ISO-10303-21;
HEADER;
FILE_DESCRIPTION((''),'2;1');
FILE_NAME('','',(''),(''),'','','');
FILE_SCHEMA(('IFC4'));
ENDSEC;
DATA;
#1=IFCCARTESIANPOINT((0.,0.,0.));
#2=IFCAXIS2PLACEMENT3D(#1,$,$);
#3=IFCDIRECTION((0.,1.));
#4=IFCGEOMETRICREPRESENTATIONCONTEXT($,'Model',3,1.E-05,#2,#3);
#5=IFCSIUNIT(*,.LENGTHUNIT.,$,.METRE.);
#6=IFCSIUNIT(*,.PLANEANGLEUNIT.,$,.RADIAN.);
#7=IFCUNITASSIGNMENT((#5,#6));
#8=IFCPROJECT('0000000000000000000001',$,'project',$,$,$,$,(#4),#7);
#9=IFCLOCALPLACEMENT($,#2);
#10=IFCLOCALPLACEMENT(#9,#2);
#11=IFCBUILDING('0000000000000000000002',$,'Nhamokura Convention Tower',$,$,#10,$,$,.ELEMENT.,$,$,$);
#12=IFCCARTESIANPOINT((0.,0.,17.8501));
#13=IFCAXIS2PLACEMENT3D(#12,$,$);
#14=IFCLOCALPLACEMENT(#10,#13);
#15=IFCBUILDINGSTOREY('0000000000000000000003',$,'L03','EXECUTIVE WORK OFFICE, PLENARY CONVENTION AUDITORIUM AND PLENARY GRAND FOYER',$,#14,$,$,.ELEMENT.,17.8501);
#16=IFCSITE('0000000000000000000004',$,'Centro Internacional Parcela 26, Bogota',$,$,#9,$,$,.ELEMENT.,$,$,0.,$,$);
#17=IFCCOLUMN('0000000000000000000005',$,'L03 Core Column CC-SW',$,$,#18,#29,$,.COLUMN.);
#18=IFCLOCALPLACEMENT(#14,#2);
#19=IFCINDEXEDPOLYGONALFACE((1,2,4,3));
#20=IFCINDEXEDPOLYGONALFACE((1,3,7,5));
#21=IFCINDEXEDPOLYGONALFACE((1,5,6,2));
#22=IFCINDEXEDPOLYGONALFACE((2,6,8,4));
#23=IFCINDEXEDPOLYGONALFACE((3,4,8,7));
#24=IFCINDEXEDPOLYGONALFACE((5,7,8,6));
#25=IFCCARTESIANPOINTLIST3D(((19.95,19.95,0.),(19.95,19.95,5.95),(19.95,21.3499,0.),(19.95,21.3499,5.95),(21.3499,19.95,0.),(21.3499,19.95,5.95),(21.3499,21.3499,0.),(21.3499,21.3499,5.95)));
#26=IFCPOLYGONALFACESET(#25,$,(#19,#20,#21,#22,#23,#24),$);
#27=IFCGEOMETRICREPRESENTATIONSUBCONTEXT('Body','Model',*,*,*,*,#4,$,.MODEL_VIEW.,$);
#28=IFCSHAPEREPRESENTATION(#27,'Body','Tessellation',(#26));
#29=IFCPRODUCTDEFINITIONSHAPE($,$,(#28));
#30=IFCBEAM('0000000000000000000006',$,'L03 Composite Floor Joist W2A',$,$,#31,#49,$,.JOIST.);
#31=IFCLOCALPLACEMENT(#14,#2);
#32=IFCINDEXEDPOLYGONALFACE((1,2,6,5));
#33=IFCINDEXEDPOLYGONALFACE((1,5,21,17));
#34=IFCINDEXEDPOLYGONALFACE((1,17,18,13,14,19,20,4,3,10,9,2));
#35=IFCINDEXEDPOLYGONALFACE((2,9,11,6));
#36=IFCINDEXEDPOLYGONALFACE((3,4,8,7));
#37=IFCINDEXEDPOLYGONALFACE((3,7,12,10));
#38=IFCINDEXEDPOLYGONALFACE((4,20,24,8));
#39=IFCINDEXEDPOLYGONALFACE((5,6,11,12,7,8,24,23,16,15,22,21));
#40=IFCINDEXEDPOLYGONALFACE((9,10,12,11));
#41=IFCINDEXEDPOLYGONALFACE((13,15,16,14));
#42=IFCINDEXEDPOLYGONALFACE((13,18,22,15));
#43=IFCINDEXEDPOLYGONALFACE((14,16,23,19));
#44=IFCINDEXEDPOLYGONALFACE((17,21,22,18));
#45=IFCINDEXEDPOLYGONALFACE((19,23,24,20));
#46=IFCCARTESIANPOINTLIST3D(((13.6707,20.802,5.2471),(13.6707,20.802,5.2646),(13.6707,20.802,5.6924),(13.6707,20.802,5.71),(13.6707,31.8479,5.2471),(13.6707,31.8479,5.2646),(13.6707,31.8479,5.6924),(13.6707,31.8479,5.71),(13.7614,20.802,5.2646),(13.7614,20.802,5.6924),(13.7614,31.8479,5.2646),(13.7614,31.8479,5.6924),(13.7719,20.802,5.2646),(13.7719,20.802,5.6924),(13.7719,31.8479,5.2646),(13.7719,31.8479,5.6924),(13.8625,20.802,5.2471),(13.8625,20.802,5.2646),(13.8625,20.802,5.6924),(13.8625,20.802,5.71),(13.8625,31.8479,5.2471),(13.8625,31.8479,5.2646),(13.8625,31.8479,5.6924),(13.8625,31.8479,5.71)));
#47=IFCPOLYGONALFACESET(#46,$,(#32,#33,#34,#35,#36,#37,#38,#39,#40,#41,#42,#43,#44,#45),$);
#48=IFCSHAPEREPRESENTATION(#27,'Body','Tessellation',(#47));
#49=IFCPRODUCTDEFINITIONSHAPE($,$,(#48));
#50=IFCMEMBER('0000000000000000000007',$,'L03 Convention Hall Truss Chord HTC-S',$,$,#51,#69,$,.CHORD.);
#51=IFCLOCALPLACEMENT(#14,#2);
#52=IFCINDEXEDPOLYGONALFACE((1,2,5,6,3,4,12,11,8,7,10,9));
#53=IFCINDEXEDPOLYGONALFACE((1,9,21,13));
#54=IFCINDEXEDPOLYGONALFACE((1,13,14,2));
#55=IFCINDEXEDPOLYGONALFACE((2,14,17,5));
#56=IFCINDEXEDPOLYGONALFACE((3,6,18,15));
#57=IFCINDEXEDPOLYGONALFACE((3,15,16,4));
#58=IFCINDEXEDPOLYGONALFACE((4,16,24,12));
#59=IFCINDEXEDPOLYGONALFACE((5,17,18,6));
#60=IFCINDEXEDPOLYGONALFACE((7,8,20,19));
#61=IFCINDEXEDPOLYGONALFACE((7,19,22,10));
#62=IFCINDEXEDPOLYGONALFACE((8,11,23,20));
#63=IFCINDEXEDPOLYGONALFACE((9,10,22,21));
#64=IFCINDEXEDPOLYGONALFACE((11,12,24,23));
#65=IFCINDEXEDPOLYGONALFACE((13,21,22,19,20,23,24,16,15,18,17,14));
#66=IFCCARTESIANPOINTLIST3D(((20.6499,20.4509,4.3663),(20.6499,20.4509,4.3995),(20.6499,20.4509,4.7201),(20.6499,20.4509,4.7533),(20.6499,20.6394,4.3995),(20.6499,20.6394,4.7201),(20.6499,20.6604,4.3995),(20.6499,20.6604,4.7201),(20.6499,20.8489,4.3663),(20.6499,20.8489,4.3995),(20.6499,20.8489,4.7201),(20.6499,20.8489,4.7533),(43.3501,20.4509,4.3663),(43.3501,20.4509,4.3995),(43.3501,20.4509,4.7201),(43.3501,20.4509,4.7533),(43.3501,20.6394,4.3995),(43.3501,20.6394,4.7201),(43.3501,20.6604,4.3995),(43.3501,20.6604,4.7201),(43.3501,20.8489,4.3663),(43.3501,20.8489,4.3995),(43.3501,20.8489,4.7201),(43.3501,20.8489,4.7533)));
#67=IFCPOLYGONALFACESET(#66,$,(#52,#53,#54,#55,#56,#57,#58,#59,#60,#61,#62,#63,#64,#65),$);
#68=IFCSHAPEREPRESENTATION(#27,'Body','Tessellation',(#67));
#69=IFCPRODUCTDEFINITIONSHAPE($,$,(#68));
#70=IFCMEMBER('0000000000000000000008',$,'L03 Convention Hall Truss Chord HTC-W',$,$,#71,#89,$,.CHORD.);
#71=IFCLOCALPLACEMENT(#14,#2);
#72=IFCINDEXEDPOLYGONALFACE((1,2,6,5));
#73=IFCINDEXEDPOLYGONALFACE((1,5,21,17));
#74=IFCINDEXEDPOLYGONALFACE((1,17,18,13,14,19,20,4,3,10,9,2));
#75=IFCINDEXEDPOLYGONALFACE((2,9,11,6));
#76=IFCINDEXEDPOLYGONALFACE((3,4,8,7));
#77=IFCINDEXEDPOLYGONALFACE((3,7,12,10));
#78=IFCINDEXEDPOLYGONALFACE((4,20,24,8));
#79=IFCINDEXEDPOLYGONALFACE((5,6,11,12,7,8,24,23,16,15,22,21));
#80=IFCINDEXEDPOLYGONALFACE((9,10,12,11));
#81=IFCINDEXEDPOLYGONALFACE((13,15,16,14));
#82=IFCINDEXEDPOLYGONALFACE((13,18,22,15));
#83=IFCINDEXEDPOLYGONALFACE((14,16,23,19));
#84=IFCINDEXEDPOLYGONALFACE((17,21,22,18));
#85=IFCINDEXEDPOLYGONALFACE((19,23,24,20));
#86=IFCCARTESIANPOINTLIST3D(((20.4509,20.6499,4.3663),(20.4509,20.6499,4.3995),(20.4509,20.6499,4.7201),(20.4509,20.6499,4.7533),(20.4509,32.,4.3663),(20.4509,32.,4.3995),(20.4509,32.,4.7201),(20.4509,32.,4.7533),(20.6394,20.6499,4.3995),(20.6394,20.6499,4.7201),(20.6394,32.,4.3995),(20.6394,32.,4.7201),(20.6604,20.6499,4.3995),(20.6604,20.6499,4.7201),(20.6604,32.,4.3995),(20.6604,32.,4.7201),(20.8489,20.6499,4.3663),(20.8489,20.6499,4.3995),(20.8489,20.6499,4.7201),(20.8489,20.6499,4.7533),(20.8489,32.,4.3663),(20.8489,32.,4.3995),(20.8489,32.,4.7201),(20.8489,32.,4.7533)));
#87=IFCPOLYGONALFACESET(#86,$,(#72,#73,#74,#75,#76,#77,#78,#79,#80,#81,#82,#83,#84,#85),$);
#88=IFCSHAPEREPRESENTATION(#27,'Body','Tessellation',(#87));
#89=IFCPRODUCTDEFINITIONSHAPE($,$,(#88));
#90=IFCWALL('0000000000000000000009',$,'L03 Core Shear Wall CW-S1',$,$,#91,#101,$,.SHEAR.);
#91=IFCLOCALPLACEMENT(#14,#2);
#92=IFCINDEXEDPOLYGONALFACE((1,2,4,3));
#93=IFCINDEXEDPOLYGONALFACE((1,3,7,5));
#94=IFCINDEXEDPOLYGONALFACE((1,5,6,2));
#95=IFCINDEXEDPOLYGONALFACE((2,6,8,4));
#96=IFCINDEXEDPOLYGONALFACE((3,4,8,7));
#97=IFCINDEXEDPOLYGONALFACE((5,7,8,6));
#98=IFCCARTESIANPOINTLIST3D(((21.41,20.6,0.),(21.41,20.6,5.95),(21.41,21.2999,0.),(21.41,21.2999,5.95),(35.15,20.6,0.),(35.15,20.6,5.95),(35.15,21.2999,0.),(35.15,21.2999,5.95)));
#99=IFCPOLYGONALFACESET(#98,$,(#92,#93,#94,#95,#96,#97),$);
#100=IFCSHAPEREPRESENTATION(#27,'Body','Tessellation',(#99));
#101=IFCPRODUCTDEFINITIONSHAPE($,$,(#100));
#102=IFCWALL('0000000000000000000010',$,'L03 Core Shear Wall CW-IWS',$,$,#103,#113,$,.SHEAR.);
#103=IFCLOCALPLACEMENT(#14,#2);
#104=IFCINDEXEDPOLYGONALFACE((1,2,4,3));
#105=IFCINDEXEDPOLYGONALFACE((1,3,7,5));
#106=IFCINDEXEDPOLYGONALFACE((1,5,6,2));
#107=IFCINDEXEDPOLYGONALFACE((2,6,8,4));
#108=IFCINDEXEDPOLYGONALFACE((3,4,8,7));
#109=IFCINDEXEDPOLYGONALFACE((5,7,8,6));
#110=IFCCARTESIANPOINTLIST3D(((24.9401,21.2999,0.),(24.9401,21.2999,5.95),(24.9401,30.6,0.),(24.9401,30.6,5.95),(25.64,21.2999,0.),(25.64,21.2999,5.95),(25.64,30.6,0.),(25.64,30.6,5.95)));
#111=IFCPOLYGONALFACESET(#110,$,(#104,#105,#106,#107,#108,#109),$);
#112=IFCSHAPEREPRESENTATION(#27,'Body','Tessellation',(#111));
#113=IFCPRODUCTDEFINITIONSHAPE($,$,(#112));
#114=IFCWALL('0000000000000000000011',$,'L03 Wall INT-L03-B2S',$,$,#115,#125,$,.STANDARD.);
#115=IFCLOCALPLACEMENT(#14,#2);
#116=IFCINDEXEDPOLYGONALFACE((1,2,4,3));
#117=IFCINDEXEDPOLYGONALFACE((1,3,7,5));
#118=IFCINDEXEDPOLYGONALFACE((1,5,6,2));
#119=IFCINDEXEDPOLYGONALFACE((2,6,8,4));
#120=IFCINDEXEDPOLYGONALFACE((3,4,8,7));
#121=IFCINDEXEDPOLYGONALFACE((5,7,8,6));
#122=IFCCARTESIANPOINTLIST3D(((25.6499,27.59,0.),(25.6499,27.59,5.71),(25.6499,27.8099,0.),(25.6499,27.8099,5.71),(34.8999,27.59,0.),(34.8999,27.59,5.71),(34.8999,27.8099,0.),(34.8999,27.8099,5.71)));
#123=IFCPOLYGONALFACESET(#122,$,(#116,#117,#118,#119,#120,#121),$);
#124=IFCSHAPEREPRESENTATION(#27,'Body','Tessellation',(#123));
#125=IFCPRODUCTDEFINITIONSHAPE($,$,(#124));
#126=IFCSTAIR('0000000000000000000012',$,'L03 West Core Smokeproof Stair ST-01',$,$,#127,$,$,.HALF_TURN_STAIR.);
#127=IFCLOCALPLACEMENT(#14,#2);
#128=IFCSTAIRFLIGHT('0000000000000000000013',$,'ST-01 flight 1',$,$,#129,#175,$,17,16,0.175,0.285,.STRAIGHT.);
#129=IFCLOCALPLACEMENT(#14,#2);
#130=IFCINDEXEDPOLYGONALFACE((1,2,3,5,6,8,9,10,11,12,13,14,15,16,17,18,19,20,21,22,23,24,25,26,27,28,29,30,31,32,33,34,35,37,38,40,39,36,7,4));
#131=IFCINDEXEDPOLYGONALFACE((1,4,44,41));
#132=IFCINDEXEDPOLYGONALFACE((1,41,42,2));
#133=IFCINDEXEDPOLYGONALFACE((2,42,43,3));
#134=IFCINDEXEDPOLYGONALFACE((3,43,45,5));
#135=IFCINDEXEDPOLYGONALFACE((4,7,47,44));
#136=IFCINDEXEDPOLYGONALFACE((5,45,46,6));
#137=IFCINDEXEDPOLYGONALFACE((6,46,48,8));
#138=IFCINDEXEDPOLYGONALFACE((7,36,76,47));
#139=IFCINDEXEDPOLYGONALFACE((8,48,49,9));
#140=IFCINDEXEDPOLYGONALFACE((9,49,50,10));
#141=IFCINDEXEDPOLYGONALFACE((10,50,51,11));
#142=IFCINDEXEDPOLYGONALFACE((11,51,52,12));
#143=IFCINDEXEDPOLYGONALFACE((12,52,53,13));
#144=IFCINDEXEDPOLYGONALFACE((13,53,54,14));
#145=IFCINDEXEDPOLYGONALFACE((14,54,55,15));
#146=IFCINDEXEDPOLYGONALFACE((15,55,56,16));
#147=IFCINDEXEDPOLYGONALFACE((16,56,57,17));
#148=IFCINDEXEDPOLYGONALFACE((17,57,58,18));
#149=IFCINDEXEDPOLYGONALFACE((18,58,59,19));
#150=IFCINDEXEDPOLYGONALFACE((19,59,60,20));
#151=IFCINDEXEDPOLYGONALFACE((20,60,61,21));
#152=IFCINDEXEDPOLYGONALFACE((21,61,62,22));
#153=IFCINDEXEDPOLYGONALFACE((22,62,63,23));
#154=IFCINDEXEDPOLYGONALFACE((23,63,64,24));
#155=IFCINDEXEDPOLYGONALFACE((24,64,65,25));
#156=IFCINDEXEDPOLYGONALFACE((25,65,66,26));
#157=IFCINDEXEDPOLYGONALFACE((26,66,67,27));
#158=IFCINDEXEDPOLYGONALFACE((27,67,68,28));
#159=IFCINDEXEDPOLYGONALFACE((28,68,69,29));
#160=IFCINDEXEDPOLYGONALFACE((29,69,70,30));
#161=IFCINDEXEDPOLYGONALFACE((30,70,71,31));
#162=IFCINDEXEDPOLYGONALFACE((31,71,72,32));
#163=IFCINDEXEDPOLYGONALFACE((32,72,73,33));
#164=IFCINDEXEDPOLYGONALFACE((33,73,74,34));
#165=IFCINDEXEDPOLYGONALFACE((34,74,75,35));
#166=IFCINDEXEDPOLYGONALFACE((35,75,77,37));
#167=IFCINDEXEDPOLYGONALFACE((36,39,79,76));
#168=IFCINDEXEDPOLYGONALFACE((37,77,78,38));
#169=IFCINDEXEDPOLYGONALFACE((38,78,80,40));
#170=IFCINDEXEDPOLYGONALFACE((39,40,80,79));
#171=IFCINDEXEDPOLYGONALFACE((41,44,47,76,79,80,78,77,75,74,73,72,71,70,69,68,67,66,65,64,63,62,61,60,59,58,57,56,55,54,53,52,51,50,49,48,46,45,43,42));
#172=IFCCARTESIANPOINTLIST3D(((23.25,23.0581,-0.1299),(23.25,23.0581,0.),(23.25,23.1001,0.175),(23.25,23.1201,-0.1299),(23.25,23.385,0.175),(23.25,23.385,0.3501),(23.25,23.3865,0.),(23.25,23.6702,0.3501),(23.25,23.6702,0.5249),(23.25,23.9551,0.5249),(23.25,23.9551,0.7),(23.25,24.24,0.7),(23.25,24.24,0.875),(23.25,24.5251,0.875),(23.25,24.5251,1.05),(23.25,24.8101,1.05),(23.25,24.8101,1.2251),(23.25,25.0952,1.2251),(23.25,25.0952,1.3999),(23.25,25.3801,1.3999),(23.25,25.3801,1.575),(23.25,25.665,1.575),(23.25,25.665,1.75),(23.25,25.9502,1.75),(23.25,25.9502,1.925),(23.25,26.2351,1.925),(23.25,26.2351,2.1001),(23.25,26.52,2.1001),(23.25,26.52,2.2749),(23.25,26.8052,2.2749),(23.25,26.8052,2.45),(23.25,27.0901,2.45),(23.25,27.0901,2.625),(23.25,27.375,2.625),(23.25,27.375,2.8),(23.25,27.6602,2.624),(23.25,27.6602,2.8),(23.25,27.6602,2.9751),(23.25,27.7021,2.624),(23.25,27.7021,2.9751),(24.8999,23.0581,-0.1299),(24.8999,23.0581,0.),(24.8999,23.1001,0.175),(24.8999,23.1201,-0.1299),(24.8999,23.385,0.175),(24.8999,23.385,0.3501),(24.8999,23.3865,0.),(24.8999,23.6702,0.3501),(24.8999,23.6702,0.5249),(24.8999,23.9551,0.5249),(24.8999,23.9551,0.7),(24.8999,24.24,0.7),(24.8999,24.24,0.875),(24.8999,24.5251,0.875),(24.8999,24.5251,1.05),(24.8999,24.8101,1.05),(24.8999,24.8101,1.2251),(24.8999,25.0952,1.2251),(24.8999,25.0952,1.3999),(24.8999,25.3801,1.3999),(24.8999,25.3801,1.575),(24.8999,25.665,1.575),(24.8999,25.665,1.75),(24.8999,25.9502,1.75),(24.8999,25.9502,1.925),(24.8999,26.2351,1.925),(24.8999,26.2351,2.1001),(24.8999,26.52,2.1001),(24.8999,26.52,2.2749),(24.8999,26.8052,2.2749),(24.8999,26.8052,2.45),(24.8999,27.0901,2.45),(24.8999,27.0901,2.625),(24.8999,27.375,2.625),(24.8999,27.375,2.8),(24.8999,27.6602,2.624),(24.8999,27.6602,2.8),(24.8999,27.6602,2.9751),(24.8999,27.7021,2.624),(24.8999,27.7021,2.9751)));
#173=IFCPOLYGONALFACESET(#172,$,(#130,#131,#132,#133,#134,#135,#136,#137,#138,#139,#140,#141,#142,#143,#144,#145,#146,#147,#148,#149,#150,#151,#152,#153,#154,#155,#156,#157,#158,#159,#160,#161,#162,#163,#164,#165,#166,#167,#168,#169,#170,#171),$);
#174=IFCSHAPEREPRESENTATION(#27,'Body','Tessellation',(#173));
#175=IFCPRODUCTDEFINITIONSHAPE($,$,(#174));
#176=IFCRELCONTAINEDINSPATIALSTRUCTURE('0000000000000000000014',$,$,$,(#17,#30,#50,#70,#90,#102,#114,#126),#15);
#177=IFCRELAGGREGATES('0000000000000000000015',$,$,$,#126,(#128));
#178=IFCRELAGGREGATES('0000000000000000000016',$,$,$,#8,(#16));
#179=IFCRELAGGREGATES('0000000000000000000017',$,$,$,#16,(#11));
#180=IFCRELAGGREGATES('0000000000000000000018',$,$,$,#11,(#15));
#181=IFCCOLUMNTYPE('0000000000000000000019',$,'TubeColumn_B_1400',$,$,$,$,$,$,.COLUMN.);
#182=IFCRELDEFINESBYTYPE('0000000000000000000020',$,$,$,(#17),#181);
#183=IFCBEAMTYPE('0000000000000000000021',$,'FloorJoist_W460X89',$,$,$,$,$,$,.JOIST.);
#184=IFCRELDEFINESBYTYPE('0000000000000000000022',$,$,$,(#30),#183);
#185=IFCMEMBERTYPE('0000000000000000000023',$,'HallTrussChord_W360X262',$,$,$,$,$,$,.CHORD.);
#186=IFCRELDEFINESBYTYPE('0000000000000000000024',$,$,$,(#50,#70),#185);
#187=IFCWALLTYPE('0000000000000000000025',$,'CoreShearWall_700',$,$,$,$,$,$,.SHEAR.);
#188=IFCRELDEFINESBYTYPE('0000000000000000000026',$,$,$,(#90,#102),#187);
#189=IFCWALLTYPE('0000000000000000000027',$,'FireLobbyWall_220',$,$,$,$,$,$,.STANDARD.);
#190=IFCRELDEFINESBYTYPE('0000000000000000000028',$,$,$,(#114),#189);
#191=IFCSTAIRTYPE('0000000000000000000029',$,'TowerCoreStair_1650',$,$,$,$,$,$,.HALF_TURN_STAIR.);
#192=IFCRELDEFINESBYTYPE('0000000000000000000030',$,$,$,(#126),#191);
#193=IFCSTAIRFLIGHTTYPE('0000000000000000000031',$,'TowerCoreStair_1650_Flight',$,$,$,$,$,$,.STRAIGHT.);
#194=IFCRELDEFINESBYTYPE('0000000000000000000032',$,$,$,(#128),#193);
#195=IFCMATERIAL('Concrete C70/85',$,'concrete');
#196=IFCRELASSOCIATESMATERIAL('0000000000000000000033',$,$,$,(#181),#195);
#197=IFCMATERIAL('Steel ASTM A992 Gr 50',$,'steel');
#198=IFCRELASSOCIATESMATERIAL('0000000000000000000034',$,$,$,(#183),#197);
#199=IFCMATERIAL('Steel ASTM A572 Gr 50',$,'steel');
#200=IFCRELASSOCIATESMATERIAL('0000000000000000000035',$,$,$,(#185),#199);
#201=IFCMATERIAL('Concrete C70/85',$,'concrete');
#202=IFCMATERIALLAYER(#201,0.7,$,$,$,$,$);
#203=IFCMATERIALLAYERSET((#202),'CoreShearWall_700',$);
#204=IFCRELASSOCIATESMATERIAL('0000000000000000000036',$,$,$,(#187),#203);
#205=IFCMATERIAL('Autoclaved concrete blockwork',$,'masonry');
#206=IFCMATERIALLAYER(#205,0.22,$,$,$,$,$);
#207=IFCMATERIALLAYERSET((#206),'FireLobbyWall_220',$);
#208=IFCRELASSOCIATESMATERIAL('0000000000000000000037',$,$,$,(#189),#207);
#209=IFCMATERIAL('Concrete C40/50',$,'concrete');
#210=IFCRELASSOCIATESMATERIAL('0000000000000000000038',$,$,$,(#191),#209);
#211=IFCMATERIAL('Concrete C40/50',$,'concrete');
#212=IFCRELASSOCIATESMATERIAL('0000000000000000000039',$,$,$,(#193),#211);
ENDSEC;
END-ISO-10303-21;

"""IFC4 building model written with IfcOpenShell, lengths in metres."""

from ifc_helpers import new_model, si_unit, direction, frame, frame_2d, origin, origin_2d, place, context, subcontext, project, spatial, polyline, rectangle, i_section, outline, extrude, material, layer, layer_set, material_profile, profile_set, type_object, element, aggregate, save


model = new_model("IFC4")

# Units and contexts
model_context = context("Model", 3, precision=1e-05, world=origin(), true_north=direction((0.0, 1.0)))
body_context = subcontext(model_context, "Body", "Model", "MODEL_VIEW")
ifc_project = project(units=[si_unit("LENGTHUNIT", "METRE"), si_unit("PLANEANGLEUNIT", "RADIAN")], contexts=[model_context])

# Site, building, storey
site_placement = place(None, origin())
site = spatial("IfcSite", under=ifc_project, at=site_placement, Name="Centro Internacional Parcela 26, Bogota", CompositionType="ELEMENT", RefElevation=0.0)
building_placement = place(site_placement, origin())
building = spatial("IfcBuilding", under=site, at=building_placement, Name="Nhamokura Convention Tower", CompositionType="ELEMENT")
storey_placement = place(building_placement, frame((0.0, 0.0, 17.8501)))
storey = spatial("IfcBuildingStorey", under=building, at=storey_placement, Name="L03", Description="EXECUTIVE WORK OFFICE, PLENARY CONVENTION AUDITORIUM AND PLENARY GRAND FOYER", CompositionType="ELEMENT", Elevation=17.8501)

# Column
ifc_material_1 = material(Name="Concrete C70/85", Category="concrete")
ifc_material_profile_1 = material_profile(ifc_material_1, rectangle(XDim=1.3999, YDim=1.3999, at=origin_2d()))
ifc_profile_set_1 = profile_set([ifc_material_profile_1], Name="Concrete C70/85")
column_type = type_object("IfcColumnType", Name="TubeColumn_B_1400", PredefinedType="COLUMN", material=ifc_profile_set_1)
column_placement = place(storey_placement, frame((20.6499, 20.6499, 0.0), z_axis=(0.0, 0.0, 1.0), x_axis=(1.0, 0.0, 0.0)))
element("IfcColumn", 1, at=column_placement, inside=storey, type_object=column_type, Name="L03 Core Column CC-SW", PredefinedType="COLUMN", context=body_context, shape_type="SweptSolid", body=[
    extrude(rectangle(XDim=1.3999, YDim=1.3999, at=origin_2d()), origin(), (0.0, 0.0, 1.0), 5.95),
])

# Beam
ifc_material_2 = material(Name="Steel ASTM A992 Gr 50", Category="steel")
ifc_material_profile_2 = material_profile(ifc_material_2, i_section(OverallWidth=0.1919, OverallDepth=0.4629, WebThickness=0.0105, FlangeThickness=0.0176, at=origin_2d()))
ifc_profile_set_2 = profile_set([ifc_material_profile_2], Name="Steel ASTM A992 Gr 50")
beam_type = type_object("IfcBeamType", Name="FloorJoist_W460X89", PredefinedType="JOIST", material=ifc_profile_set_2)
beam_placement = place(storey_placement, frame((13.7666, 20.802, 5.4785), z_axis=(0.0, 1.0, 0.0), x_axis=(-1.0, 0.0, 0.0)))
element("IfcBeam", 2, at=beam_placement, inside=storey, type_object=beam_type, Name="L03 Composite Floor Joist W2A", PredefinedType="JOIST", context=body_context, shape_type="SweptSolid", body=[
    extrude(i_section(OverallWidth=0.1919, OverallDepth=0.4629, WebThickness=0.0105, FlangeThickness=0.0176, at=origin_2d()), origin(), (0.0, 0.0, 1.0), 11.0459),
])

# Members
ifc_material_3 = material(Name="Steel ASTM A572 Gr 50", Category="steel")
ifc_material_profile_3 = material_profile(ifc_material_3, i_section(OverallWidth=0.3979, OverallDepth=0.387, WebThickness=0.021, FlangeThickness=0.0332, at=origin_2d()))
ifc_profile_set_3 = profile_set([ifc_material_profile_3], Name="Steel ASTM A572 Gr 50")
member_type = type_object("IfcMemberType", Name="HallTrussChord_W360X262", PredefinedType="CHORD", material=ifc_profile_set_3)
member_1_placement = place(storey_placement, frame((20.6499, 20.6499, 4.5598), z_axis=(1.0, 0.0, 0.0), x_axis=(0.0, 1.0, 0.0)))
element("IfcMember", 3, at=member_1_placement, inside=storey, type_object=member_type, Name="L03 Convention Hall Truss Chord HTC-S", PredefinedType="CHORD", context=body_context, shape_type="SweptSolid", body=[
    extrude(i_section(OverallWidth=0.3979, OverallDepth=0.387, WebThickness=0.021, FlangeThickness=0.0332, at=origin_2d()), origin(), (0.0, 0.0, 1.0), 22.7002),
])
member_2_placement = place(storey_placement, frame((20.6499, 20.6499, 4.5598), z_axis=(0.0, 1.0, 0.0), x_axis=(-1.0, 0.0, 0.0)))
element("IfcMember", 4, at=member_2_placement, inside=storey, type_object=member_type, Name="L03 Convention Hall Truss Chord HTC-W", PredefinedType="CHORD", context=body_context, shape_type="SweptSolid", body=[
    extrude(i_section(OverallWidth=0.3979, OverallDepth=0.387, WebThickness=0.021, FlangeThickness=0.0332, at=origin_2d()), origin(), (0.0, 0.0, 1.0), 11.3501),
])

# Shared definitions
ifc_material_4 = material(Name="Concrete C70/85", Category="concrete")
ifc_layer_1 = layer(ifc_material_4, 0.7)
ifc_layer_set_1 = layer_set([ifc_layer_1], Name="CoreShearWall_700")
wall_type_1 = type_object("IfcWallType", Name="CoreShearWall_700", PredefinedType="SHEAR", material=ifc_layer_set_1)

# Walls
wall_1_placement = place(storey_placement, frame((21.4099, 20.95, 0.0), z_axis=(0.0, 0.0, 1.0), x_axis=(1.0, 0.0, 0.0)))
element("IfcWall", 5, at=wall_1_placement, inside=storey, type_object=wall_type_1, Name="L03 Core Shear Wall CW-S1", PredefinedType="SHEAR", context=body_context, shape_type="SweptSolid", body=[
    extrude(rectangle(XDim=13.74, YDim=0.7, at=frame_2d((6.8701, 0.0))), origin(), (0.0, 0.0, 1.0), 5.95),
])
wall_2_placement = place(storey_placement, frame((25.29, 21.3, 0.0), z_axis=(0.0, 0.0, 1.0), x_axis=(0.0, 1.0, 0.0)))
element("IfcWall", 6, at=wall_2_placement, inside=storey, type_object=wall_type_1, Name="L03 Core Shear Wall CW-IWS", PredefinedType="SHEAR", context=body_context, shape_type="SweptSolid", body=[
    extrude(rectangle(XDim=9.3, YDim=0.7, at=frame_2d((4.6499, 0.0))), origin(), (0.0, 0.0, 1.0), 5.95),
])

# Shared definitions
ifc_material_5 = material(Name="Autoclaved concrete blockwork", Category="masonry")
ifc_layer_2 = layer(ifc_material_5, 0.22)
ifc_layer_set_2 = layer_set([ifc_layer_2], Name="FireLobbyWall_220")
wall_type_2 = type_object("IfcWallType", Name="FireLobbyWall_220", PredefinedType="STANDARD", material=ifc_layer_set_2)

# Wall
wall_3_placement = place(storey_placement, frame((25.6499, 27.7, 0.0), z_axis=(0.0, 0.0, 1.0), x_axis=(1.0, 0.0, 0.0)))
element("IfcWall", 7, at=wall_3_placement, inside=storey, type_object=wall_type_2, Name="L03 Wall INT-L03-B2S", PredefinedType="STANDARD", context=body_context, shape_type="SweptSolid", body=[
    extrude(rectangle(XDim=9.25, YDim=0.22, at=frame_2d((4.625, 0.0))), origin(), (0.0, 0.0, 1.0), 5.71),
])

# Stair, stair flight
ifc_material_6 = material(Name="Concrete C40/50", Category="concrete")
stair_type = type_object("IfcStairType", Name="TowerCoreStair_1650", PredefinedType="HALF_TURN_STAIR", material=ifc_material_6)
stair_placement = place(storey_placement, origin())
stair = element("IfcStair", 8, at=stair_placement, inside=storey, type_object=stair_type, Name="L03 West Core Smokeproof Stair ST-01", PredefinedType="HALF_TURN_STAIR")
ifc_material_7 = material(Name="Concrete C40/50", Category="concrete")
stair_flight_type = type_object("IfcStairFlightType", Name="TowerCoreStair_1650_Flight", PredefinedType="STRAIGHT", material=ifc_material_7)
stair_flight_1_placement = place(storey_placement, frame((24.075, 23.1001, 0.0), z_axis=(0.0, 0.0, 1.0), x_axis=(0.0, 1.0, 0.0)))
stair_flight_1 = element("IfcStairFlight", 9, at=stair_flight_1_placement, type_object=stair_flight_type, Name="ST-01 flight 1", NumberOfRisers=17, NumberOfTreads=16, PredefinedType="STRAIGHT", RiserHeight=0.175, TreadLength=0.285, context=body_context, shape_type="SweptSolid", body=[
    extrude(outline(polyline([(-0.042, 0.0), (0.0, 0.175), (0.2849, 0.175), (0.2849, 0.3501), (0.5701, 0.3501), (0.5701, 0.5249), (0.855, 0.5249), (0.855, 0.7), (1.1399, 0.7), (1.1399, 0.875), (1.425, 0.875), (1.425, 1.05), (1.71, 1.05), (1.71, 1.2251), (1.9951, 1.2251), (1.9951, 1.3999), (2.28, 1.3999), (2.28, 1.575), (2.5649, 1.575), (2.5649, 1.75), (2.8501, 1.75), (2.8501, 1.925), (3.135, 1.925), (3.135, 2.1001), (3.4199, 2.1001), (3.4199, 2.2749), (3.7051, 2.2749), (3.7051, 2.45), (3.99, 2.45), (3.99, 2.625), (4.2749, 2.625), (4.2749, 2.8), (4.5601, 2.8), (4.5601, 2.9751), (4.6021, 2.9751), (4.6021, 2.624), (4.5601, 2.624), (0.2864, 0.0), (0.02, -0.1299), (-0.042, -0.1299), (-0.042, 0.0)])), frame((0.0, 0.825, 0.0), z_axis=(0.0, -1.0, 0.0), x_axis=(1.0, 0.0, 0.0)), (0.0, 0.0, 1.0), 1.6499),
])
aggregate(stair, [stair_flight_1])

save(model, "model.ifc")
